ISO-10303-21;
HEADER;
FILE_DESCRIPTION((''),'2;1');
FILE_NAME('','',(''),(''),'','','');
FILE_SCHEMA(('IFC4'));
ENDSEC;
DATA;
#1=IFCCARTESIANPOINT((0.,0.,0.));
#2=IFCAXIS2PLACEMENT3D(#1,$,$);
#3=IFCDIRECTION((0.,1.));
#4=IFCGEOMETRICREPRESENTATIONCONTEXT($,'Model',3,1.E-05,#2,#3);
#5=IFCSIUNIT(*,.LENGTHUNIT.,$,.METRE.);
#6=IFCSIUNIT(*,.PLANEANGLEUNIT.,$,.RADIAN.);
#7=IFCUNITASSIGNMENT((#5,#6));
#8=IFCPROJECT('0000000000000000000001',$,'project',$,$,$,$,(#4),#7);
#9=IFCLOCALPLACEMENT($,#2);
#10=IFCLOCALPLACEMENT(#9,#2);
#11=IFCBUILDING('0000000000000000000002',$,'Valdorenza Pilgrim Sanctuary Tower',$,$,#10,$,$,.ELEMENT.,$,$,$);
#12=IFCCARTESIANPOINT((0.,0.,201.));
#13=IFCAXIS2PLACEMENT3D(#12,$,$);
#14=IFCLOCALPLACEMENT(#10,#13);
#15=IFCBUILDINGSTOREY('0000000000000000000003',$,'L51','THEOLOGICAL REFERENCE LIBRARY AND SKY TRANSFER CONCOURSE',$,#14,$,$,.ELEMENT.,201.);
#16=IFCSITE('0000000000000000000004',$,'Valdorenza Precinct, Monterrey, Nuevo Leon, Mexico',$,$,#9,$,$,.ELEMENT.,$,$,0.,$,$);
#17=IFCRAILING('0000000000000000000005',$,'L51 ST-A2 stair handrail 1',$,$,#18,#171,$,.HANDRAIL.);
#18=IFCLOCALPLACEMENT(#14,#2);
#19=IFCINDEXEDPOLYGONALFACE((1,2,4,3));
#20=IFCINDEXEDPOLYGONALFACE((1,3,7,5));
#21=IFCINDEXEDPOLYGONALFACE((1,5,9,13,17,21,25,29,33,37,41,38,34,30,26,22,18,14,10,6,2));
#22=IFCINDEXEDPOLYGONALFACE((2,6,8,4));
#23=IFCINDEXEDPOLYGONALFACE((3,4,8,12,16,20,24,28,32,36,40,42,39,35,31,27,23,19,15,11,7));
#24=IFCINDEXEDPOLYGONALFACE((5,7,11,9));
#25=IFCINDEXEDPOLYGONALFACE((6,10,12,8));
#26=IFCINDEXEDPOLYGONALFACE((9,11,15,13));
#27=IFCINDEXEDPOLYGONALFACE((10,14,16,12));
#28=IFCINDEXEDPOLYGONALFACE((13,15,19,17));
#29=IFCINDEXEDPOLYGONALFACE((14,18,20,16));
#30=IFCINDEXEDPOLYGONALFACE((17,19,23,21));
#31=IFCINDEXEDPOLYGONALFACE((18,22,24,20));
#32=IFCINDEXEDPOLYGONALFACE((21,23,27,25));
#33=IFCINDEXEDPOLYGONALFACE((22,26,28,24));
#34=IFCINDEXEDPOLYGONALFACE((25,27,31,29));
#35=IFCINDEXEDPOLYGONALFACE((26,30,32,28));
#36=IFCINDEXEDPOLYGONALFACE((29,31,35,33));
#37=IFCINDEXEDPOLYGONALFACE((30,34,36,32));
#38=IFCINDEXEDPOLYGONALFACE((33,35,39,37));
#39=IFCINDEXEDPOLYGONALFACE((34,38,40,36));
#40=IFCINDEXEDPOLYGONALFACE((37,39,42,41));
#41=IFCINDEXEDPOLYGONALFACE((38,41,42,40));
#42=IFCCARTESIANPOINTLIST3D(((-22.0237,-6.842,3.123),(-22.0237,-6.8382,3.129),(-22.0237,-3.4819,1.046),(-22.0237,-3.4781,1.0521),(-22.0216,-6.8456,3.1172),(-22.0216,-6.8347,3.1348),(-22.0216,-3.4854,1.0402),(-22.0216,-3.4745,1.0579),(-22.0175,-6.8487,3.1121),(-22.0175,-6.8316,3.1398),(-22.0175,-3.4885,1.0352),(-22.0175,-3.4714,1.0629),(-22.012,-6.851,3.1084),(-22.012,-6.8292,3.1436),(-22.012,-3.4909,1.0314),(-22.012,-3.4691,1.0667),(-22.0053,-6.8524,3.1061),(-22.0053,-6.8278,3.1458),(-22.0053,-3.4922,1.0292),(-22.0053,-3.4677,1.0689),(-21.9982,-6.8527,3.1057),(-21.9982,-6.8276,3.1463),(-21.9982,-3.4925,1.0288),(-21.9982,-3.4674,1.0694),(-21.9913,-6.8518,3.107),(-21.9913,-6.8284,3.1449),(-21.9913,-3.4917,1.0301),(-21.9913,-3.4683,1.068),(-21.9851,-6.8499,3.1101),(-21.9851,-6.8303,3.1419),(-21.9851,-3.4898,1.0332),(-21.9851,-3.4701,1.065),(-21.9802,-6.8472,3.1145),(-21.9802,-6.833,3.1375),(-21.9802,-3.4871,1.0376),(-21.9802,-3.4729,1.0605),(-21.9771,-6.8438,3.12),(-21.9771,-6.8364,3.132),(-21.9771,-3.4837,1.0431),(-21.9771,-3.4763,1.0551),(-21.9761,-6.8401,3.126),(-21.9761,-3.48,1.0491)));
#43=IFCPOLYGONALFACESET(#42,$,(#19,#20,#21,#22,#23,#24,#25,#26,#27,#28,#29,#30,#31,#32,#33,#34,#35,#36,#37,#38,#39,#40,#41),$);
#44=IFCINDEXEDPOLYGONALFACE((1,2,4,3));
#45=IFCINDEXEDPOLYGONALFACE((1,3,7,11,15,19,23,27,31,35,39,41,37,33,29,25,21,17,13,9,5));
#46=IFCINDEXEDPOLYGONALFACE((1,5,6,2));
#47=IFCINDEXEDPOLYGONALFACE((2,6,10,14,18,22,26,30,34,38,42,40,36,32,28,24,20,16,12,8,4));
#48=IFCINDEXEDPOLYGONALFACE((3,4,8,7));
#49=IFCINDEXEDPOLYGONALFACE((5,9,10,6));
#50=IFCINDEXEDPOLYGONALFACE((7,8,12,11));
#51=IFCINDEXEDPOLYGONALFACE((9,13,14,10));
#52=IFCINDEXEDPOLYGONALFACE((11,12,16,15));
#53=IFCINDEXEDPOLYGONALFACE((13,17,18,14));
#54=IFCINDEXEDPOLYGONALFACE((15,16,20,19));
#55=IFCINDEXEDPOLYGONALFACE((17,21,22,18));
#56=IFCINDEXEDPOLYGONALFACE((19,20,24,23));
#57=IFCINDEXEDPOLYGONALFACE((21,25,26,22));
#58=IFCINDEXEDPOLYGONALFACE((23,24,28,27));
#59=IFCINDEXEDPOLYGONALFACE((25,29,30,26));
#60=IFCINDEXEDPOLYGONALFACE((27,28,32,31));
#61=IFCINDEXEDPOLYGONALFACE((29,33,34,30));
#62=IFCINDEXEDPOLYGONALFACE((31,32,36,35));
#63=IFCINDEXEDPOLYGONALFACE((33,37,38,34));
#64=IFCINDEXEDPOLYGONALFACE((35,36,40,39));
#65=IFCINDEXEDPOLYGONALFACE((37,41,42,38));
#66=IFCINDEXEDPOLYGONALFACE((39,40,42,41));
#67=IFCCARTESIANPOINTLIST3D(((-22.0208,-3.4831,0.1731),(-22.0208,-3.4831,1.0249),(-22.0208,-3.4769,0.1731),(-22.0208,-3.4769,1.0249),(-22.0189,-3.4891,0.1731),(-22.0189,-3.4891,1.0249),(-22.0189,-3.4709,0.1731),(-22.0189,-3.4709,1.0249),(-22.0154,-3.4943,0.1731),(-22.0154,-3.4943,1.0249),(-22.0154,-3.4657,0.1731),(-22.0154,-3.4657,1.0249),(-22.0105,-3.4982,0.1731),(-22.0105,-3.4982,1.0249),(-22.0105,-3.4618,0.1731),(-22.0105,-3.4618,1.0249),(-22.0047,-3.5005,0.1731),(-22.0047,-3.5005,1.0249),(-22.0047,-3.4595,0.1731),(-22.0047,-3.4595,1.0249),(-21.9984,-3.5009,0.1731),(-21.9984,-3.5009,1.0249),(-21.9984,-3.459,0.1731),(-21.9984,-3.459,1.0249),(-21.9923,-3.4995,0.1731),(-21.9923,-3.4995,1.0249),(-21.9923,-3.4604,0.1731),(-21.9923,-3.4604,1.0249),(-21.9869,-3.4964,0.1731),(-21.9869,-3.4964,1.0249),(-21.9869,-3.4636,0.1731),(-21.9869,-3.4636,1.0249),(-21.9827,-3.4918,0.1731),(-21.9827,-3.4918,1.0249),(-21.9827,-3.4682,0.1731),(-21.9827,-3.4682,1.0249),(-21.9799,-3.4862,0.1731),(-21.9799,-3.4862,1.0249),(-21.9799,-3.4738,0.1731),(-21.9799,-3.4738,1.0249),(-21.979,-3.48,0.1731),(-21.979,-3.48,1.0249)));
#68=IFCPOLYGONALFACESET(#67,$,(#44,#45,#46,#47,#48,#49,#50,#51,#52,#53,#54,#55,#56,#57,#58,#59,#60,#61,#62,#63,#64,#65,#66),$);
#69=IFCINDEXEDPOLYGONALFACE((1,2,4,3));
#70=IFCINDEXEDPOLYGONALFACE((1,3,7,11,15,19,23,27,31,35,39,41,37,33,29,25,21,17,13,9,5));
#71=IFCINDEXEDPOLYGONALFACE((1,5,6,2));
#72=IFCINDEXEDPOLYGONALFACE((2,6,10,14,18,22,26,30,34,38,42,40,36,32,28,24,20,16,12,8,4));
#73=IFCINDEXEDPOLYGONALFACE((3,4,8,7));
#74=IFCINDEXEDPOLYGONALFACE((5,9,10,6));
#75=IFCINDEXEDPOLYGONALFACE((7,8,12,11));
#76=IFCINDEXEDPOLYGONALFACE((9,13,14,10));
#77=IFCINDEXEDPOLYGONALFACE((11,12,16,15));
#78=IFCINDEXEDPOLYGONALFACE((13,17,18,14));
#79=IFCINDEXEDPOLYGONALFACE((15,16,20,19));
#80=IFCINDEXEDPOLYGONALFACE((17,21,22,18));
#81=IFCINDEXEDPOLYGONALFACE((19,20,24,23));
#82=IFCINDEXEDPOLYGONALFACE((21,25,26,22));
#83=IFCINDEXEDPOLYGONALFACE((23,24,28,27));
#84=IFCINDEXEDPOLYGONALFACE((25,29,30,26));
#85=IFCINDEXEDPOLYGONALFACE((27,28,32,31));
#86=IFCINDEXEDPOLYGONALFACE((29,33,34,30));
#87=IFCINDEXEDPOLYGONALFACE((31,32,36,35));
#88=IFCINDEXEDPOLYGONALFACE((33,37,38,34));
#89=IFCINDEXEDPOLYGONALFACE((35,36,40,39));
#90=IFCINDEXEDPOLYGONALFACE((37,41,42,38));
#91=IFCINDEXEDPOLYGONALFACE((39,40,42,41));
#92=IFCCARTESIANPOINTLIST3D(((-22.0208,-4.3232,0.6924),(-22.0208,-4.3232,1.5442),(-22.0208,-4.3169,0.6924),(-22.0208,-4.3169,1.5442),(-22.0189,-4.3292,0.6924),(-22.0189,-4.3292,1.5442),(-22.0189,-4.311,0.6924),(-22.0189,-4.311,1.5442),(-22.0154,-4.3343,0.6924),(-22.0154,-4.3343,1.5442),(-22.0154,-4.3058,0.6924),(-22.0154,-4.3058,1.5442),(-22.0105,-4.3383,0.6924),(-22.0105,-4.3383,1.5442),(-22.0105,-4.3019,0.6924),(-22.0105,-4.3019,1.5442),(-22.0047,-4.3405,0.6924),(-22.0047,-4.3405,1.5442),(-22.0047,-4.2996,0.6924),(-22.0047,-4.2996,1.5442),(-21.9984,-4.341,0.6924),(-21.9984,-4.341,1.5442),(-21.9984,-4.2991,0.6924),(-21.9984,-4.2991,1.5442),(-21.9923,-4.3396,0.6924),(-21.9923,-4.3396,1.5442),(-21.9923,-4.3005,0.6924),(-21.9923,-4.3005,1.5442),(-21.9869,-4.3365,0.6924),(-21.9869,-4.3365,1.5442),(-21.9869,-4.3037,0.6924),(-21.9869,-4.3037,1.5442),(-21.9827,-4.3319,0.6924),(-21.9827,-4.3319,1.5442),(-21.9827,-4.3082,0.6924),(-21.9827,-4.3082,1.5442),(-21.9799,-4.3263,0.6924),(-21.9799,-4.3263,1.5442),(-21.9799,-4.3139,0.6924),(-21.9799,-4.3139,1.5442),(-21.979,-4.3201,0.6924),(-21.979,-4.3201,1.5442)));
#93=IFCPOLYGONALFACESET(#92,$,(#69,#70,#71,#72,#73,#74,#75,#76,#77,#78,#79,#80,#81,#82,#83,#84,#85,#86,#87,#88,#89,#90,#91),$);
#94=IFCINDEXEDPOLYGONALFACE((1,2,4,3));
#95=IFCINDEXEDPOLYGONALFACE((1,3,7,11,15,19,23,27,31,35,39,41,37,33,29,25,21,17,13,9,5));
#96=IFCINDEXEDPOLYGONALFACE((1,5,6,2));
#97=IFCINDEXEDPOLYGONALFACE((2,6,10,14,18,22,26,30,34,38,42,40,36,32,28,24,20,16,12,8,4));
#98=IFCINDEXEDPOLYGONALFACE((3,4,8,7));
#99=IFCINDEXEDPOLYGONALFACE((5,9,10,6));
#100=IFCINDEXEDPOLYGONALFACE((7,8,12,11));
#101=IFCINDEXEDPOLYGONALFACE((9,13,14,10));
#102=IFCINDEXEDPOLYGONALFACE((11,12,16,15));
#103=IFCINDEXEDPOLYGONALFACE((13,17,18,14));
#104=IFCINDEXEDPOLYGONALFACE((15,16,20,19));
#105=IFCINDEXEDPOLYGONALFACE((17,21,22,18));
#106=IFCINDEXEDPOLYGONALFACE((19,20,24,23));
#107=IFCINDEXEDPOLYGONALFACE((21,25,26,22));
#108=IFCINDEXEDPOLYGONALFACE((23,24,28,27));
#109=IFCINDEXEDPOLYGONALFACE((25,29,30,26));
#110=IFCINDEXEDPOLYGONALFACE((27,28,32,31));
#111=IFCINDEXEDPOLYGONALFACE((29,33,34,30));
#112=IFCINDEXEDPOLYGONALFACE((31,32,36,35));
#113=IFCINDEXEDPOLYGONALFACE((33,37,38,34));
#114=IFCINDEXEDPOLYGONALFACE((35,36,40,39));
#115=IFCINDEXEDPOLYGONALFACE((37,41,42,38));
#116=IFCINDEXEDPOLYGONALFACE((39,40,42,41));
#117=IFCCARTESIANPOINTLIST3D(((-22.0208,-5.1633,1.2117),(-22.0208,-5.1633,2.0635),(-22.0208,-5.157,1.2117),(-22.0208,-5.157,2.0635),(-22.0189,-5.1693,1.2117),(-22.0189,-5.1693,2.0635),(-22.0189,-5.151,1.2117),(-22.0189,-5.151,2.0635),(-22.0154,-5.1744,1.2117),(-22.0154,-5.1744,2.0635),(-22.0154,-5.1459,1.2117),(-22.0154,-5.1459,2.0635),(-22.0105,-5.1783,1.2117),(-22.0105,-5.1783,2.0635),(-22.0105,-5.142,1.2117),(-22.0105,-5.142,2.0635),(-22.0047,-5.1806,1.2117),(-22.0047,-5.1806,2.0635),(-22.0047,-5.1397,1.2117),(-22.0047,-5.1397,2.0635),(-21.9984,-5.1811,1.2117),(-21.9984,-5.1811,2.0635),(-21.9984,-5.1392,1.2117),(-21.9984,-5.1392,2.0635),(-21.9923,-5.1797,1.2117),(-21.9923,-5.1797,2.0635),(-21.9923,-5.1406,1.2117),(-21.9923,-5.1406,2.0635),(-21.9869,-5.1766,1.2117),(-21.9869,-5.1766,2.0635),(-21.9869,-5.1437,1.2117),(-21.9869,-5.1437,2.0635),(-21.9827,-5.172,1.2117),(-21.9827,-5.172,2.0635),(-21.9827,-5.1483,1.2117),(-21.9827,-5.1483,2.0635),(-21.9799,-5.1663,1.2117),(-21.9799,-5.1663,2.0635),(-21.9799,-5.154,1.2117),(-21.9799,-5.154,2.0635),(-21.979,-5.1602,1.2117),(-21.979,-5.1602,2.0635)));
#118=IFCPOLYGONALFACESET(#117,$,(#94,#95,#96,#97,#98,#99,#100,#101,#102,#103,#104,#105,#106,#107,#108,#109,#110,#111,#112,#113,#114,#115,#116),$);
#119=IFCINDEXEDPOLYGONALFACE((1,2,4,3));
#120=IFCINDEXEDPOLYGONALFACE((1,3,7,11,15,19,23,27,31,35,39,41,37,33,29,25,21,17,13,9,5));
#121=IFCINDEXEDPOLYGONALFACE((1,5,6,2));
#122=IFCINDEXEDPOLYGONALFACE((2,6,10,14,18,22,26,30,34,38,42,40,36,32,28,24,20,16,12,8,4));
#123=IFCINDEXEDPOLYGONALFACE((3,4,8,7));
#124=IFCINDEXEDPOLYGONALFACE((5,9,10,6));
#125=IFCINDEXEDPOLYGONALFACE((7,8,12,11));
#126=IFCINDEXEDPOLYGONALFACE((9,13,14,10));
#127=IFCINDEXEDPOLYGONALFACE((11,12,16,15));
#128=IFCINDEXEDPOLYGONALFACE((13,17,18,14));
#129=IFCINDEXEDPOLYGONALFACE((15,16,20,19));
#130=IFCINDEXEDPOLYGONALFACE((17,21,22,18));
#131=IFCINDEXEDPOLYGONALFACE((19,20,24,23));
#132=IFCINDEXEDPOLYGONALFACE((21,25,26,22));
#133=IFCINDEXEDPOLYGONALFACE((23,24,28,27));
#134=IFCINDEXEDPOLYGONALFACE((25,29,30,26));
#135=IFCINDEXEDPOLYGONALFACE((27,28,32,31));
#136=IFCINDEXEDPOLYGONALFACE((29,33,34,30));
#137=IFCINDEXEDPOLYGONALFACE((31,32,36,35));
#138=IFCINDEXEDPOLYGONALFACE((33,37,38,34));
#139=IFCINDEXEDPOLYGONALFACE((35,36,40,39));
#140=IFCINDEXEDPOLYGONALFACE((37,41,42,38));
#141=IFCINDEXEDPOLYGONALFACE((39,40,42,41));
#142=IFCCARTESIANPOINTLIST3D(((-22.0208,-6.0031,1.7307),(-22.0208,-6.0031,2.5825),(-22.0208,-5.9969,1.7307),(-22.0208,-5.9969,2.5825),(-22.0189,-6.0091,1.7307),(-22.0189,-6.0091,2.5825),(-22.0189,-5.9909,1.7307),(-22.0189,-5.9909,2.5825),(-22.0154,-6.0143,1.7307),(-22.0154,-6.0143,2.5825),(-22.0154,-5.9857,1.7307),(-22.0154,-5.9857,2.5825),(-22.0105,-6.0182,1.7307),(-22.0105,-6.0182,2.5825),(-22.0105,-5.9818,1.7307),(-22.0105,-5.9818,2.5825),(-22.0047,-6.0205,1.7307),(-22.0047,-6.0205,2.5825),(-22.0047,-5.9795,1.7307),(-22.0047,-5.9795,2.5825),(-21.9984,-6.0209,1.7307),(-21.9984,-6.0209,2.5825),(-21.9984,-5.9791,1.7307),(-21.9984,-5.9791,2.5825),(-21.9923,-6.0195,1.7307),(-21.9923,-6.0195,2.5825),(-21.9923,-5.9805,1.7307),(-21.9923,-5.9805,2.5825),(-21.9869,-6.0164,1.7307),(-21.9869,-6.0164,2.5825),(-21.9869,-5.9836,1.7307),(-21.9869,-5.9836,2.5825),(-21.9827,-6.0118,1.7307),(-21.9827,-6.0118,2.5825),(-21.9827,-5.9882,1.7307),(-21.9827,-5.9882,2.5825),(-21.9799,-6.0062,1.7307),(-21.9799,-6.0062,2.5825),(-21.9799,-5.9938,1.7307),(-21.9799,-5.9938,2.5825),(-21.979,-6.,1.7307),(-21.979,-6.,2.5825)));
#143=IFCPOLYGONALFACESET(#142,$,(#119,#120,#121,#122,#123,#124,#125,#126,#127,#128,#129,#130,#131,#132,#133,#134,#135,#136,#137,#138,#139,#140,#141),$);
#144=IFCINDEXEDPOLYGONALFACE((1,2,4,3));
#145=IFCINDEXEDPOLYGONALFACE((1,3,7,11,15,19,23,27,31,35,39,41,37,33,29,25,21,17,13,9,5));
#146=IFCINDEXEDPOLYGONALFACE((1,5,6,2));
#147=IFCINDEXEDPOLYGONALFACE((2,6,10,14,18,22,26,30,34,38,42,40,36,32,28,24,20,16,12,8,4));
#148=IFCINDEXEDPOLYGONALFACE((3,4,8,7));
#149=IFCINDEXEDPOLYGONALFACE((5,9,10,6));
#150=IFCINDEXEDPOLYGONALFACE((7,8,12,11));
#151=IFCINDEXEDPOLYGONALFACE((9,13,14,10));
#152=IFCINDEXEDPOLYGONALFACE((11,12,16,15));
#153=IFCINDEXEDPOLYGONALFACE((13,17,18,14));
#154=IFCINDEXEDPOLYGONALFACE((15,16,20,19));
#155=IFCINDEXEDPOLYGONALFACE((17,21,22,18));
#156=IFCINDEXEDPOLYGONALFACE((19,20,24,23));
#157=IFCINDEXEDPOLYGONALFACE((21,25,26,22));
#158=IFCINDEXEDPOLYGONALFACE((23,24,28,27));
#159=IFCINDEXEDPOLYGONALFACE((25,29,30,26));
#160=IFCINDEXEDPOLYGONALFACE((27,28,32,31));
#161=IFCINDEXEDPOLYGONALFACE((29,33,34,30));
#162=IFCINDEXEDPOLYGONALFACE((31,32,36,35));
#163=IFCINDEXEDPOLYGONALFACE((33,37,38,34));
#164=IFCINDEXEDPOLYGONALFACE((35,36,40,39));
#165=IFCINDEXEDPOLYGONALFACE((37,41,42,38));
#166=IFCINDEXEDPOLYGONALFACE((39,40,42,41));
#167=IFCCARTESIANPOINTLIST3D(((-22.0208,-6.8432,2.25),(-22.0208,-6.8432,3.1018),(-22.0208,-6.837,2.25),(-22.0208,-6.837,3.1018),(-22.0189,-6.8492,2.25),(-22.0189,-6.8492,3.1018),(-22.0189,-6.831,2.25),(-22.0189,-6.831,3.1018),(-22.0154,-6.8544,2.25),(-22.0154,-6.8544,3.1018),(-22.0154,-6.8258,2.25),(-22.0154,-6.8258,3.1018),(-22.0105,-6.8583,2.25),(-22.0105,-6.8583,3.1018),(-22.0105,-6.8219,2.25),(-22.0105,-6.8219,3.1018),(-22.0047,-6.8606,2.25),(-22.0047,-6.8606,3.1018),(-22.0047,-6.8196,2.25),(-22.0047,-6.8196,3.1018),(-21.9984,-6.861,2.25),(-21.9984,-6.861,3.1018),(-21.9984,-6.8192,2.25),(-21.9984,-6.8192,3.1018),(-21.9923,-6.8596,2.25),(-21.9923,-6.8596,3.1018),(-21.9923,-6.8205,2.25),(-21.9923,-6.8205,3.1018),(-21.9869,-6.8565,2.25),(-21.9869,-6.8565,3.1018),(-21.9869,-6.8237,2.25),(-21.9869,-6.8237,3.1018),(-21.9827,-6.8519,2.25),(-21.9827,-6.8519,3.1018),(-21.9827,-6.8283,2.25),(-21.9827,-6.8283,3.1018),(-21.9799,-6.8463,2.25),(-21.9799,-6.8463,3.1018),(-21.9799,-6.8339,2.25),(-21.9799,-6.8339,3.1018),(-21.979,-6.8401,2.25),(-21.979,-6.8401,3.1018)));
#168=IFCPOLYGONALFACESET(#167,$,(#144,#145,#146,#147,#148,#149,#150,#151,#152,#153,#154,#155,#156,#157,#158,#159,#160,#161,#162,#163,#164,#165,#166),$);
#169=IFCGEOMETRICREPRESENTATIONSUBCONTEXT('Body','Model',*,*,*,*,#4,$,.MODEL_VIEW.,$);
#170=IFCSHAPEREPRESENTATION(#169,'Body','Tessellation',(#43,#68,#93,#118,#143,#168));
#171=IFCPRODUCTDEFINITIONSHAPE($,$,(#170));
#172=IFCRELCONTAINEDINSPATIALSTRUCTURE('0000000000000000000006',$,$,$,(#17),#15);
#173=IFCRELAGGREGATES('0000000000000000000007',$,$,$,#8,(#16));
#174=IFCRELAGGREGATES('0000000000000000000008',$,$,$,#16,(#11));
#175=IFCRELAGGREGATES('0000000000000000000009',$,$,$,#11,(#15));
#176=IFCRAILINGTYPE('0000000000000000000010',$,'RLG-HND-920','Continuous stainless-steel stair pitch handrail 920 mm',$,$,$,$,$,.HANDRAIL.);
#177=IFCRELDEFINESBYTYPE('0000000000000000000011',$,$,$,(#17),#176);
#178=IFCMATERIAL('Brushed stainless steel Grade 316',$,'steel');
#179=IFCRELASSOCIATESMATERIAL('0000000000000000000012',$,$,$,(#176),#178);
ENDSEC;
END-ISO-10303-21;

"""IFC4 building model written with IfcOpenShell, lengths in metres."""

from ifc_helpers import new_model, si_unit, direction, frame, origin, origin_2d, place, context, subcontext, project, spatial, circle, extrude, material, type_object, element, save


model = new_model("IFC4")

# Units and contexts
model_context = context("Model", 3, precision=1e-05, world=origin(), true_north=direction((0.0, 1.0)))
body_context = subcontext(model_context, "Body", "Model", "MODEL_VIEW")
ifc_project = project(units=[si_unit("LENGTHUNIT", "METRE"), si_unit("PLANEANGLEUNIT", "RADIAN")], contexts=[model_context])

# Site, building, storey
site_placement = place(None, origin())
site = spatial("IfcSite", under=ifc_project, at=site_placement, Name="Valdorenza Precinct, Monterrey, Nuevo Leon, Mexico", CompositionType="ELEMENT", RefElevation=0.0)
building_placement = place(site_placement, origin())
building = spatial("IfcBuilding", under=site, at=building_placement, Name="Valdorenza Pilgrim Sanctuary Tower", CompositionType="ELEMENT")
storey_placement = place(building_placement, frame((0.0, 0.0, 201.0)))
storey = spatial("IfcBuildingStorey", under=building, at=storey_placement, Name="L51", Description="THEOLOGICAL REFERENCE LIBRARY AND SKY TRANSFER CONCOURSE", CompositionType="ELEMENT", Elevation=201.0)

# Shared definitions
ifc_material_1 = material(Name="Brushed stainless steel Grade 316", Category="steel")

# Railing
railing_type_1 = type_object("IfcRailingType", Name="RLG-HND-920", Description="Continuous stainless-steel stair pitch handrail 920 mm", PredefinedType="HANDRAIL", material=ifc_material_1)
railing_1_placement = place(storey_placement, frame((-22.0, -3.48, 0.1731)))
element("IfcRailing", 1, at=railing_1_placement, inside=storey, type_object=railing_type_1, Name="L51 ST-A2 stair handrail 1", PredefinedType="HANDRAIL", context=body_context, shape_type="SweptSolid", body=[
    extrude(circle(Radius=0.0239, at=origin_2d()), frame((0.0, 0.0, 0.876), z_axis=(0.0, -0.850623, 0.525776), x_axis=(1.0, 0.0, 0.0)), (0.0, 0.0, 1.0), 3.9502),
    extrude(circle(Radius=0.021, at=origin_2d()), origin(), (0.0, 0.0, 1.0), 0.8518),
    extrude(circle(Radius=0.021, at=origin_2d()), frame((0.0, -0.8401, 0.5193)), (0.0, 0.0, 1.0), 0.8518),
    extrude(circle(Radius=0.021, at=origin_2d()), frame((0.0, -1.6802, 1.0386)), (0.0, 0.0, 1.0), 0.8518),
    extrude(circle(Radius=0.021, at=origin_2d()), frame((0.0, -2.52, 1.5576)), (0.0, 0.0, 1.0), 0.8518),
    extrude(circle(Radius=0.021, at=origin_2d()), frame((0.0, -3.3601, 2.0769)), (0.0, 0.0, 1.0), 0.8518),
])

save(model, "model.ifc")
